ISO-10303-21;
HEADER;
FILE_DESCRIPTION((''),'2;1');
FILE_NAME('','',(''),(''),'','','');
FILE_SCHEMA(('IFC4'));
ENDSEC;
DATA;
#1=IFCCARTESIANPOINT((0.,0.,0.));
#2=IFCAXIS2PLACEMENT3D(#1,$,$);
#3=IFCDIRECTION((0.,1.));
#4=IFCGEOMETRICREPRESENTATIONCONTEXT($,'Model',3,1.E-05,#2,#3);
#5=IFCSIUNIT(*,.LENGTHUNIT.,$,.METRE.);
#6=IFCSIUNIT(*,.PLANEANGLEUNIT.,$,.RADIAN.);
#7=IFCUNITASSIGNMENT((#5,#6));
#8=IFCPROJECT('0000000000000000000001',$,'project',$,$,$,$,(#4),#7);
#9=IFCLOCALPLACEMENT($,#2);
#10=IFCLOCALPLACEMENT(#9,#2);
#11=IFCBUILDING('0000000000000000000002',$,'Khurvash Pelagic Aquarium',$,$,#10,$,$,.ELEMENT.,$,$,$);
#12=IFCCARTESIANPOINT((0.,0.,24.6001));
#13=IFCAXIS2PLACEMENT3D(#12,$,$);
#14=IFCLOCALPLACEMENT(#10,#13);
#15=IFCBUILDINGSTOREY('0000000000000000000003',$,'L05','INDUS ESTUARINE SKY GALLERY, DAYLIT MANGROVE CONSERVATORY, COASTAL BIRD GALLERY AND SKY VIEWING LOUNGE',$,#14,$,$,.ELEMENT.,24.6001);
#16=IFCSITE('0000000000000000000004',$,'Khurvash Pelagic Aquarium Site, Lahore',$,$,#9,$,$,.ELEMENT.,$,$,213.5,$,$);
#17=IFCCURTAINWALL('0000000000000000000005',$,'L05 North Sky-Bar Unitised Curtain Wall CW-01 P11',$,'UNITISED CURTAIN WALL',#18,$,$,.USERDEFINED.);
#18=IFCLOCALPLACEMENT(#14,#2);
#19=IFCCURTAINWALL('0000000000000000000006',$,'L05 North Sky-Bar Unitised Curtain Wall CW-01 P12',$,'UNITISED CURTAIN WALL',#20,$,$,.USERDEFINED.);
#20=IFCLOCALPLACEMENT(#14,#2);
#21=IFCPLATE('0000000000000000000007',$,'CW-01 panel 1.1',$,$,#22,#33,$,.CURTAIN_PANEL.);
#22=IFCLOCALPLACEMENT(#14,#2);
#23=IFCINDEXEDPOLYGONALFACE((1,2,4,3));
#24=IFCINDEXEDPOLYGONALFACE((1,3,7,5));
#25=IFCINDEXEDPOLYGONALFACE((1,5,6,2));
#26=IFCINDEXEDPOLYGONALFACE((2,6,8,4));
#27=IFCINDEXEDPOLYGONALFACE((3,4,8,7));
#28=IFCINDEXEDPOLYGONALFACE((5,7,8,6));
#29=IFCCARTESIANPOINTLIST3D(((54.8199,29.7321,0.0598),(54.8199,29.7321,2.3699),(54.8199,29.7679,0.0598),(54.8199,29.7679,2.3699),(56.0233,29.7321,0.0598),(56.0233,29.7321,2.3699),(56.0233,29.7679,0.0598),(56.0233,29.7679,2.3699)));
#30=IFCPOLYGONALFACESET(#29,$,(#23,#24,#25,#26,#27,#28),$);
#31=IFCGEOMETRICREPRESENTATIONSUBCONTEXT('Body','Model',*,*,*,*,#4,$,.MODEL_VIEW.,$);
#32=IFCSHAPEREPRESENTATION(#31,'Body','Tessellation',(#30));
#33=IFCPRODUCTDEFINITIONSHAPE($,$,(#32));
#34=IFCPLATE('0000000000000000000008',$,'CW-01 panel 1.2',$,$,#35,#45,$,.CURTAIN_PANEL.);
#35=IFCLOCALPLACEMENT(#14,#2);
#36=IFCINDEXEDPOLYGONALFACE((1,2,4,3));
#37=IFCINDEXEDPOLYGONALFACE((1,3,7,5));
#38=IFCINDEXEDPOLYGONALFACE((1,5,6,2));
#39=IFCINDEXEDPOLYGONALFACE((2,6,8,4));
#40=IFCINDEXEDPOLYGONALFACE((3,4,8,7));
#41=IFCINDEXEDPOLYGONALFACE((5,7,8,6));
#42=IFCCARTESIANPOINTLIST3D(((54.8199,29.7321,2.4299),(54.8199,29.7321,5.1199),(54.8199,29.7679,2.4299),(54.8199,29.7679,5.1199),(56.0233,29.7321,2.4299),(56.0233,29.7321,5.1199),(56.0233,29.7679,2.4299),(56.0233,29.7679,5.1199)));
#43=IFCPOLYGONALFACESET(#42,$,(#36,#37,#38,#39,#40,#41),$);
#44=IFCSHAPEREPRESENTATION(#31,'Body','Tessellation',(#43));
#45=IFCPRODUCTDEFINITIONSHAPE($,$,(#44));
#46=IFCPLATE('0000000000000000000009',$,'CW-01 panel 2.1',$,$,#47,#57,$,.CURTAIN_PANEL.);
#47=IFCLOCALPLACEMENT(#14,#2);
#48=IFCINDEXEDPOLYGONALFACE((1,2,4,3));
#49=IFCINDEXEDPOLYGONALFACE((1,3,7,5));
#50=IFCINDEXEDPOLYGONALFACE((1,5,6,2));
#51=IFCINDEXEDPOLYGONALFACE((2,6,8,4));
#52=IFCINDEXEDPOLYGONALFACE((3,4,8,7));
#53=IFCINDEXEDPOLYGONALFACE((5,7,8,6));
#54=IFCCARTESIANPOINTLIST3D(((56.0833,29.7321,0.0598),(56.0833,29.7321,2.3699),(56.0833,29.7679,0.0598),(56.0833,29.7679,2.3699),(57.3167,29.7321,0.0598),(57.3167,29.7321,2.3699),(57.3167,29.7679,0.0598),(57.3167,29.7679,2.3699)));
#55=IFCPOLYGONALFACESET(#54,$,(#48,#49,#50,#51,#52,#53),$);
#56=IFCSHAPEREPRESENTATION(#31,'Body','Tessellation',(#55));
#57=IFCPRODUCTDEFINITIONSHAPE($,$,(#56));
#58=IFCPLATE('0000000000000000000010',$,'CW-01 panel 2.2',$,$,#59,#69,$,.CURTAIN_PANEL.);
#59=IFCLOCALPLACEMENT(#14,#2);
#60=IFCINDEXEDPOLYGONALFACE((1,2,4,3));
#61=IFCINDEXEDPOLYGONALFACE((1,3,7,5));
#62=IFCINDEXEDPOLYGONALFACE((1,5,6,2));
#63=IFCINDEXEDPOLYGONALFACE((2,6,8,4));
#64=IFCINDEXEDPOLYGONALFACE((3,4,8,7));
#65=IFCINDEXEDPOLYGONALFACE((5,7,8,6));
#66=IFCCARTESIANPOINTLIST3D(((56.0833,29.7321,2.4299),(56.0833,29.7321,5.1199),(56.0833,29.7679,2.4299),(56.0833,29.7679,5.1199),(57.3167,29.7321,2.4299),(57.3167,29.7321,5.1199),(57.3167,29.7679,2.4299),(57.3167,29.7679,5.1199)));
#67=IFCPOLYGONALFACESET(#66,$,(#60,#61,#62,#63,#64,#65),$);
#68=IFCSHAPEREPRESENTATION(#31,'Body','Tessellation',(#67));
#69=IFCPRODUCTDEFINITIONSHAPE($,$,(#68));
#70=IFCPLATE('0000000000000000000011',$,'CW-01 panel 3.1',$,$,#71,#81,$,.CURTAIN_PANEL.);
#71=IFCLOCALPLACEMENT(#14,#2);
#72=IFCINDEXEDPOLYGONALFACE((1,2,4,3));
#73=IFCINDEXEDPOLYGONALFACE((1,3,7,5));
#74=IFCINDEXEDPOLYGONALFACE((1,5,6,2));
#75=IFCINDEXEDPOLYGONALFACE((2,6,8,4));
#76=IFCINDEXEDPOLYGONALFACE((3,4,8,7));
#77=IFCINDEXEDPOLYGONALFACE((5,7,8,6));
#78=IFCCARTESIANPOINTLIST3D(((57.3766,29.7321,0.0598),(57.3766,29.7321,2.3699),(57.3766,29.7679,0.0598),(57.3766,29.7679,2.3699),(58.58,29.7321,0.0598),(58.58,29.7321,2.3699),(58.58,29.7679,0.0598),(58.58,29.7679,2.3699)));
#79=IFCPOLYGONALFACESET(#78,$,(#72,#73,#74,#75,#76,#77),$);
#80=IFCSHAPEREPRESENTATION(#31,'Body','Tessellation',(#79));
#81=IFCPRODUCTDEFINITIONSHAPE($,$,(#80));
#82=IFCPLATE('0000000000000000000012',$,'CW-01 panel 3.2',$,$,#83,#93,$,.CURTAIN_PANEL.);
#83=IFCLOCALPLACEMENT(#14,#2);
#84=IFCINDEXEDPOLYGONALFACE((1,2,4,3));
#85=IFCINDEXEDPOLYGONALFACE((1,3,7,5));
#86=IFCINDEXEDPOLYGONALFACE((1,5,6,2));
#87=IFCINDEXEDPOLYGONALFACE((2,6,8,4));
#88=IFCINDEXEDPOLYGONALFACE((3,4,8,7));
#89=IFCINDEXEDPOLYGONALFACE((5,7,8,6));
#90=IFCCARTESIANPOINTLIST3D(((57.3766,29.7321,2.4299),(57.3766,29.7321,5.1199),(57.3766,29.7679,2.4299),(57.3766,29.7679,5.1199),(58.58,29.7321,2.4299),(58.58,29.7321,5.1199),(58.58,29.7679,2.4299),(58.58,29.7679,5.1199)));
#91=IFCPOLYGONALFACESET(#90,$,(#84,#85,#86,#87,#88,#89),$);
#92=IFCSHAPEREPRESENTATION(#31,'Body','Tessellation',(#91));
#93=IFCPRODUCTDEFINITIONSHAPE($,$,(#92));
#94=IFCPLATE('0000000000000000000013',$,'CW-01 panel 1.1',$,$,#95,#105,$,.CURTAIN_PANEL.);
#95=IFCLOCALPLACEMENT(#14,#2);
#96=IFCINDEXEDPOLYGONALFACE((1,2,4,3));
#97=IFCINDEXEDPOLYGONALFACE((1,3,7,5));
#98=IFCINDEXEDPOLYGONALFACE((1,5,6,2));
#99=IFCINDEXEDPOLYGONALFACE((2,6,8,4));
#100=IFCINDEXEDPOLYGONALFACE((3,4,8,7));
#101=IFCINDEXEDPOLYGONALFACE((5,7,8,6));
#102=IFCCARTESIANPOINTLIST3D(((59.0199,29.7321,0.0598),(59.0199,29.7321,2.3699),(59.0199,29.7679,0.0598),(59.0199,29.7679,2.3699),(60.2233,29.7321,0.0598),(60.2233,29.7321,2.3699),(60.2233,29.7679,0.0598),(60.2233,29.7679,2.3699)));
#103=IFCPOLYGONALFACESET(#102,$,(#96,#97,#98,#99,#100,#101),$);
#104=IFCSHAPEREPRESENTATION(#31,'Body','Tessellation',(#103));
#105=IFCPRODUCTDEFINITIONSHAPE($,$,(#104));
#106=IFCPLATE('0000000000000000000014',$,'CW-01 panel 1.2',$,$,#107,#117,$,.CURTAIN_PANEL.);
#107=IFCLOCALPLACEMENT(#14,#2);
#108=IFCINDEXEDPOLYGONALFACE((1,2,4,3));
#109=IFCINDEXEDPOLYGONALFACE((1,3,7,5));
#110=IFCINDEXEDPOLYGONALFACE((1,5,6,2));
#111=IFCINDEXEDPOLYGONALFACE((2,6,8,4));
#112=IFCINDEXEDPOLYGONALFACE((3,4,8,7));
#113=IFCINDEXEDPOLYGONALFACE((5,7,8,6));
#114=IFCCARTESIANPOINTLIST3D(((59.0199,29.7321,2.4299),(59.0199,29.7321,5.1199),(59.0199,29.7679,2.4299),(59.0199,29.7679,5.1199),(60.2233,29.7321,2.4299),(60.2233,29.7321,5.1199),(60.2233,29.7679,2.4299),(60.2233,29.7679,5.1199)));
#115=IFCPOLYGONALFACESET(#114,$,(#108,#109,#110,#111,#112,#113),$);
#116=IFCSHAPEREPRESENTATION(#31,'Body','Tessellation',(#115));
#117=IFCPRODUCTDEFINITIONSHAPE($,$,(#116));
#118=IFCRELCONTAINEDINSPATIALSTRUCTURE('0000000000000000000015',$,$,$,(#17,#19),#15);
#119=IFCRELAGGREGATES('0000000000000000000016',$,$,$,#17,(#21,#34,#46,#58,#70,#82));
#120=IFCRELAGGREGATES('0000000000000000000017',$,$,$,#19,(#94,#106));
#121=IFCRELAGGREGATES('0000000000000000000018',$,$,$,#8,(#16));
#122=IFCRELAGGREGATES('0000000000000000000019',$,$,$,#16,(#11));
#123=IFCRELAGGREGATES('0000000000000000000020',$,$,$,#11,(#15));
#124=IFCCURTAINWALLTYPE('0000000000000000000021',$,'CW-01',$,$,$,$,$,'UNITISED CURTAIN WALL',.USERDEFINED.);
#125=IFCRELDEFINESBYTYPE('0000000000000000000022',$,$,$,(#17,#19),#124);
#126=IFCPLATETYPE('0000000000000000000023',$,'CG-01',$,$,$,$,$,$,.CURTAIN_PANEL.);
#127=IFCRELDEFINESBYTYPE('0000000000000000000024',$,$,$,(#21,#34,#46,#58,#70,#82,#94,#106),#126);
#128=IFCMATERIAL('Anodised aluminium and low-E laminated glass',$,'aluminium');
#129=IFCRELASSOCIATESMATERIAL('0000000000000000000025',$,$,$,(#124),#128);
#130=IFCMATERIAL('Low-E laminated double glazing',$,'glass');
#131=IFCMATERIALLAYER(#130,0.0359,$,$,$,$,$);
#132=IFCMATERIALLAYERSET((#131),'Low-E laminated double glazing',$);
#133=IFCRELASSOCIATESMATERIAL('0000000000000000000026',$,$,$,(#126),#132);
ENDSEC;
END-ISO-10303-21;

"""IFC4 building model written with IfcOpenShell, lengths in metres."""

from ifc_helpers import new_model, si_unit, direction, frame, origin, origin_2d, place, context, subcontext, project, spatial, rectangle, extrude, material, layer, layer_set, type_object, element, aggregate, save


model = new_model("IFC4")

# Units and contexts
model_context = context("Model", 3, precision=1e-05, world=origin(), true_north=direction((0.0, 1.0)))
body_context = subcontext(model_context, "Body", "Model", "MODEL_VIEW")
ifc_project = project(units=[si_unit("LENGTHUNIT", "METRE"), si_unit("PLANEANGLEUNIT", "RADIAN")], contexts=[model_context])

# Site, building, storey
site_placement = place(None, origin())
site = spatial("IfcSite", under=ifc_project, at=site_placement, Name="Khurvash Pelagic Aquarium Site, Lahore", CompositionType="ELEMENT", RefElevation=213.5)
building_placement = place(site_placement, origin())
building = spatial("IfcBuilding", under=site, at=building_placement, Name="Khurvash Pelagic Aquarium", CompositionType="ELEMENT")
storey_placement = place(building_placement, frame((0.0, 0.0, 24.6001)))
storey = spatial("IfcBuildingStorey", under=building, at=storey_placement, Name="L05", Description="INDUS ESTUARINE SKY GALLERY, DAYLIT MANGROVE CONSERVATORY, COASTAL BIRD GALLERY AND SKY VIEWING LOUNGE", CompositionType="ELEMENT", Elevation=24.6001)

# Curtain wall
ifc_material_1 = material(Name="Anodised aluminium and low-E laminated glass", Category="aluminium")
curtain_wall_type = type_object("IfcCurtainWallType", Name="CW-01", ElementType="UNITISED CURTAIN WALL", PredefinedType="USERDEFINED", material=ifc_material_1)
curtain_wall_1_placement = place(storey_placement, origin())
curtain_wall_1 = element("IfcCurtainWall", 1, at=curtain_wall_1_placement, inside=storey, type_object=curtain_wall_type, Name="L05 North Sky-Bar Unitised Curtain Wall CW-01 P11", ObjectType="UNITISED CURTAIN WALL", PredefinedType="USERDEFINED")

# Curtain wall
curtain_wall_2_placement = place(storey_placement, origin())
curtain_wall_2 = element("IfcCurtainWall", 2, at=curtain_wall_2_placement, inside=storey, type_object=curtain_wall_type, Name="L05 North Sky-Bar Unitised Curtain Wall CW-01 P12", ObjectType="UNITISED CURTAIN WALL", PredefinedType="USERDEFINED")

# Plates
ifc_material_2 = material(Name="Low-E laminated double glazing", Category="glass")
ifc_layer = layer(ifc_material_2, 0.0359)
ifc_layer_set = layer_set([ifc_layer], Name="Low-E laminated double glazing")
plate_type = type_object("IfcPlateType", Name="CG-01", PredefinedType="CURTAIN_PANEL", material=ifc_layer_set)
plate_1_placement = place(storey_placement, frame((55.4216, 29.75, 0.0598), z_axis=(0.0, 0.0, 1.0), x_axis=(1.0, 0.0, 0.0)))
plate_1 = element("IfcPlate", 3, at=plate_1_placement, type_object=plate_type, Name="CW-01 panel 1.1", PredefinedType="CURTAIN_PANEL", context=body_context, shape_type="SweptSolid", body=[
    extrude(rectangle(XDim=1.2034, YDim=0.0359, at=origin_2d()), origin(), (0.0, 0.0, 1.0), 2.3101),
])
plate_2_placement = place(storey_placement, frame((55.4216, 29.75, 2.4299), z_axis=(0.0, 0.0, 1.0), x_axis=(1.0, 0.0, 0.0)))
plate_2 = element("IfcPlate", 4, at=plate_2_placement, type_object=plate_type, Name="CW-01 panel 1.2", PredefinedType="CURTAIN_PANEL", context=body_context, shape_type="SweptSolid", body=[
    extrude(rectangle(XDim=1.2034, YDim=0.0359, at=origin_2d()), origin(), (0.0, 0.0, 1.0), 2.6899),
])
plate_3_placement = place(storey_placement, frame((56.7, 29.75, 0.0598), z_axis=(0.0, 0.0, 1.0), x_axis=(1.0, 0.0, 0.0)))
plate_3 = element("IfcPlate", 5, at=plate_3_placement, type_object=plate_type, Name="CW-01 panel 2.1", PredefinedType="CURTAIN_PANEL", context=body_context, shape_type="SweptSolid", body=[
    extrude(rectangle(XDim=1.2334, YDim=0.0359, at=origin_2d()), origin(), (0.0, 0.0, 1.0), 2.3101),
])
plate_4_placement = place(storey_placement, frame((56.7, 29.75, 2.4299), z_axis=(0.0, 0.0, 1.0), x_axis=(1.0, 0.0, 0.0)))
plate_4 = element("IfcPlate", 6, at=plate_4_placement, type_object=plate_type, Name="CW-01 panel 2.2", PredefinedType="CURTAIN_PANEL", context=body_context, shape_type="SweptSolid", body=[
    extrude(rectangle(XDim=1.2334, YDim=0.0359, at=origin_2d()), origin(), (0.0, 0.0, 1.0), 2.6899),
])
plate_5_placement = place(storey_placement, frame((57.9783, 29.75, 0.0598), z_axis=(0.0, 0.0, 1.0), x_axis=(1.0, 0.0, 0.0)))
plate_5 = element("IfcPlate", 7, at=plate_5_placement, type_object=plate_type, Name="CW-01 panel 3.1", PredefinedType="CURTAIN_PANEL", context=body_context, shape_type="SweptSolid", body=[
    extrude(rectangle(XDim=1.2034, YDim=0.0359, at=origin_2d()), origin(), (0.0, 0.0, 1.0), 2.3101),
])
plate_6_placement = place(storey_placement, frame((57.9783, 29.75, 2.4299), z_axis=(0.0, 0.0, 1.0), x_axis=(1.0, 0.0, 0.0)))
plate_6 = element("IfcPlate", 8, at=plate_6_placement, type_object=plate_type, Name="CW-01 panel 3.2", PredefinedType="CURTAIN_PANEL", context=body_context, shape_type="SweptSolid", body=[
    extrude(rectangle(XDim=1.2034, YDim=0.0359, at=origin_2d()), origin(), (0.0, 0.0, 1.0), 2.6899),
])
aggregate(curtain_wall_1, [plate_1, plate_2, plate_3, plate_4, plate_5, plate_6])
plate_7_placement = place(storey_placement, frame((59.6216, 29.75, 0.0598), z_axis=(0.0, 0.0, 1.0), x_axis=(1.0, 0.0, 0.0)))
plate_7 = element("IfcPlate", 9, at=plate_7_placement, type_object=plate_type, Name="CW-01 panel 1.1", PredefinedType="CURTAIN_PANEL", context=body_context, shape_type="SweptSolid", body=[
    extrude(rectangle(XDim=1.2034, YDim=0.0359, at=origin_2d()), origin(), (0.0, 0.0, 1.0), 2.3101),
])
plate_8_placement = place(storey_placement, frame((59.6216, 29.75, 2.4299), z_axis=(0.0, 0.0, 1.0), x_axis=(1.0, 0.0, 0.0)))
plate_8 = element("IfcPlate", 10, at=plate_8_placement, type_object=plate_type, Name="CW-01 panel 1.2", PredefinedType="CURTAIN_PANEL", context=body_context, shape_type="SweptSolid", body=[
    extrude(rectangle(XDim=1.2034, YDim=0.0359, at=origin_2d()), origin(), (0.0, 0.0, 1.0), 2.6899),
])
aggregate(curtain_wall_2, [plate_7, plate_8])

save(model, "model.ifc")
